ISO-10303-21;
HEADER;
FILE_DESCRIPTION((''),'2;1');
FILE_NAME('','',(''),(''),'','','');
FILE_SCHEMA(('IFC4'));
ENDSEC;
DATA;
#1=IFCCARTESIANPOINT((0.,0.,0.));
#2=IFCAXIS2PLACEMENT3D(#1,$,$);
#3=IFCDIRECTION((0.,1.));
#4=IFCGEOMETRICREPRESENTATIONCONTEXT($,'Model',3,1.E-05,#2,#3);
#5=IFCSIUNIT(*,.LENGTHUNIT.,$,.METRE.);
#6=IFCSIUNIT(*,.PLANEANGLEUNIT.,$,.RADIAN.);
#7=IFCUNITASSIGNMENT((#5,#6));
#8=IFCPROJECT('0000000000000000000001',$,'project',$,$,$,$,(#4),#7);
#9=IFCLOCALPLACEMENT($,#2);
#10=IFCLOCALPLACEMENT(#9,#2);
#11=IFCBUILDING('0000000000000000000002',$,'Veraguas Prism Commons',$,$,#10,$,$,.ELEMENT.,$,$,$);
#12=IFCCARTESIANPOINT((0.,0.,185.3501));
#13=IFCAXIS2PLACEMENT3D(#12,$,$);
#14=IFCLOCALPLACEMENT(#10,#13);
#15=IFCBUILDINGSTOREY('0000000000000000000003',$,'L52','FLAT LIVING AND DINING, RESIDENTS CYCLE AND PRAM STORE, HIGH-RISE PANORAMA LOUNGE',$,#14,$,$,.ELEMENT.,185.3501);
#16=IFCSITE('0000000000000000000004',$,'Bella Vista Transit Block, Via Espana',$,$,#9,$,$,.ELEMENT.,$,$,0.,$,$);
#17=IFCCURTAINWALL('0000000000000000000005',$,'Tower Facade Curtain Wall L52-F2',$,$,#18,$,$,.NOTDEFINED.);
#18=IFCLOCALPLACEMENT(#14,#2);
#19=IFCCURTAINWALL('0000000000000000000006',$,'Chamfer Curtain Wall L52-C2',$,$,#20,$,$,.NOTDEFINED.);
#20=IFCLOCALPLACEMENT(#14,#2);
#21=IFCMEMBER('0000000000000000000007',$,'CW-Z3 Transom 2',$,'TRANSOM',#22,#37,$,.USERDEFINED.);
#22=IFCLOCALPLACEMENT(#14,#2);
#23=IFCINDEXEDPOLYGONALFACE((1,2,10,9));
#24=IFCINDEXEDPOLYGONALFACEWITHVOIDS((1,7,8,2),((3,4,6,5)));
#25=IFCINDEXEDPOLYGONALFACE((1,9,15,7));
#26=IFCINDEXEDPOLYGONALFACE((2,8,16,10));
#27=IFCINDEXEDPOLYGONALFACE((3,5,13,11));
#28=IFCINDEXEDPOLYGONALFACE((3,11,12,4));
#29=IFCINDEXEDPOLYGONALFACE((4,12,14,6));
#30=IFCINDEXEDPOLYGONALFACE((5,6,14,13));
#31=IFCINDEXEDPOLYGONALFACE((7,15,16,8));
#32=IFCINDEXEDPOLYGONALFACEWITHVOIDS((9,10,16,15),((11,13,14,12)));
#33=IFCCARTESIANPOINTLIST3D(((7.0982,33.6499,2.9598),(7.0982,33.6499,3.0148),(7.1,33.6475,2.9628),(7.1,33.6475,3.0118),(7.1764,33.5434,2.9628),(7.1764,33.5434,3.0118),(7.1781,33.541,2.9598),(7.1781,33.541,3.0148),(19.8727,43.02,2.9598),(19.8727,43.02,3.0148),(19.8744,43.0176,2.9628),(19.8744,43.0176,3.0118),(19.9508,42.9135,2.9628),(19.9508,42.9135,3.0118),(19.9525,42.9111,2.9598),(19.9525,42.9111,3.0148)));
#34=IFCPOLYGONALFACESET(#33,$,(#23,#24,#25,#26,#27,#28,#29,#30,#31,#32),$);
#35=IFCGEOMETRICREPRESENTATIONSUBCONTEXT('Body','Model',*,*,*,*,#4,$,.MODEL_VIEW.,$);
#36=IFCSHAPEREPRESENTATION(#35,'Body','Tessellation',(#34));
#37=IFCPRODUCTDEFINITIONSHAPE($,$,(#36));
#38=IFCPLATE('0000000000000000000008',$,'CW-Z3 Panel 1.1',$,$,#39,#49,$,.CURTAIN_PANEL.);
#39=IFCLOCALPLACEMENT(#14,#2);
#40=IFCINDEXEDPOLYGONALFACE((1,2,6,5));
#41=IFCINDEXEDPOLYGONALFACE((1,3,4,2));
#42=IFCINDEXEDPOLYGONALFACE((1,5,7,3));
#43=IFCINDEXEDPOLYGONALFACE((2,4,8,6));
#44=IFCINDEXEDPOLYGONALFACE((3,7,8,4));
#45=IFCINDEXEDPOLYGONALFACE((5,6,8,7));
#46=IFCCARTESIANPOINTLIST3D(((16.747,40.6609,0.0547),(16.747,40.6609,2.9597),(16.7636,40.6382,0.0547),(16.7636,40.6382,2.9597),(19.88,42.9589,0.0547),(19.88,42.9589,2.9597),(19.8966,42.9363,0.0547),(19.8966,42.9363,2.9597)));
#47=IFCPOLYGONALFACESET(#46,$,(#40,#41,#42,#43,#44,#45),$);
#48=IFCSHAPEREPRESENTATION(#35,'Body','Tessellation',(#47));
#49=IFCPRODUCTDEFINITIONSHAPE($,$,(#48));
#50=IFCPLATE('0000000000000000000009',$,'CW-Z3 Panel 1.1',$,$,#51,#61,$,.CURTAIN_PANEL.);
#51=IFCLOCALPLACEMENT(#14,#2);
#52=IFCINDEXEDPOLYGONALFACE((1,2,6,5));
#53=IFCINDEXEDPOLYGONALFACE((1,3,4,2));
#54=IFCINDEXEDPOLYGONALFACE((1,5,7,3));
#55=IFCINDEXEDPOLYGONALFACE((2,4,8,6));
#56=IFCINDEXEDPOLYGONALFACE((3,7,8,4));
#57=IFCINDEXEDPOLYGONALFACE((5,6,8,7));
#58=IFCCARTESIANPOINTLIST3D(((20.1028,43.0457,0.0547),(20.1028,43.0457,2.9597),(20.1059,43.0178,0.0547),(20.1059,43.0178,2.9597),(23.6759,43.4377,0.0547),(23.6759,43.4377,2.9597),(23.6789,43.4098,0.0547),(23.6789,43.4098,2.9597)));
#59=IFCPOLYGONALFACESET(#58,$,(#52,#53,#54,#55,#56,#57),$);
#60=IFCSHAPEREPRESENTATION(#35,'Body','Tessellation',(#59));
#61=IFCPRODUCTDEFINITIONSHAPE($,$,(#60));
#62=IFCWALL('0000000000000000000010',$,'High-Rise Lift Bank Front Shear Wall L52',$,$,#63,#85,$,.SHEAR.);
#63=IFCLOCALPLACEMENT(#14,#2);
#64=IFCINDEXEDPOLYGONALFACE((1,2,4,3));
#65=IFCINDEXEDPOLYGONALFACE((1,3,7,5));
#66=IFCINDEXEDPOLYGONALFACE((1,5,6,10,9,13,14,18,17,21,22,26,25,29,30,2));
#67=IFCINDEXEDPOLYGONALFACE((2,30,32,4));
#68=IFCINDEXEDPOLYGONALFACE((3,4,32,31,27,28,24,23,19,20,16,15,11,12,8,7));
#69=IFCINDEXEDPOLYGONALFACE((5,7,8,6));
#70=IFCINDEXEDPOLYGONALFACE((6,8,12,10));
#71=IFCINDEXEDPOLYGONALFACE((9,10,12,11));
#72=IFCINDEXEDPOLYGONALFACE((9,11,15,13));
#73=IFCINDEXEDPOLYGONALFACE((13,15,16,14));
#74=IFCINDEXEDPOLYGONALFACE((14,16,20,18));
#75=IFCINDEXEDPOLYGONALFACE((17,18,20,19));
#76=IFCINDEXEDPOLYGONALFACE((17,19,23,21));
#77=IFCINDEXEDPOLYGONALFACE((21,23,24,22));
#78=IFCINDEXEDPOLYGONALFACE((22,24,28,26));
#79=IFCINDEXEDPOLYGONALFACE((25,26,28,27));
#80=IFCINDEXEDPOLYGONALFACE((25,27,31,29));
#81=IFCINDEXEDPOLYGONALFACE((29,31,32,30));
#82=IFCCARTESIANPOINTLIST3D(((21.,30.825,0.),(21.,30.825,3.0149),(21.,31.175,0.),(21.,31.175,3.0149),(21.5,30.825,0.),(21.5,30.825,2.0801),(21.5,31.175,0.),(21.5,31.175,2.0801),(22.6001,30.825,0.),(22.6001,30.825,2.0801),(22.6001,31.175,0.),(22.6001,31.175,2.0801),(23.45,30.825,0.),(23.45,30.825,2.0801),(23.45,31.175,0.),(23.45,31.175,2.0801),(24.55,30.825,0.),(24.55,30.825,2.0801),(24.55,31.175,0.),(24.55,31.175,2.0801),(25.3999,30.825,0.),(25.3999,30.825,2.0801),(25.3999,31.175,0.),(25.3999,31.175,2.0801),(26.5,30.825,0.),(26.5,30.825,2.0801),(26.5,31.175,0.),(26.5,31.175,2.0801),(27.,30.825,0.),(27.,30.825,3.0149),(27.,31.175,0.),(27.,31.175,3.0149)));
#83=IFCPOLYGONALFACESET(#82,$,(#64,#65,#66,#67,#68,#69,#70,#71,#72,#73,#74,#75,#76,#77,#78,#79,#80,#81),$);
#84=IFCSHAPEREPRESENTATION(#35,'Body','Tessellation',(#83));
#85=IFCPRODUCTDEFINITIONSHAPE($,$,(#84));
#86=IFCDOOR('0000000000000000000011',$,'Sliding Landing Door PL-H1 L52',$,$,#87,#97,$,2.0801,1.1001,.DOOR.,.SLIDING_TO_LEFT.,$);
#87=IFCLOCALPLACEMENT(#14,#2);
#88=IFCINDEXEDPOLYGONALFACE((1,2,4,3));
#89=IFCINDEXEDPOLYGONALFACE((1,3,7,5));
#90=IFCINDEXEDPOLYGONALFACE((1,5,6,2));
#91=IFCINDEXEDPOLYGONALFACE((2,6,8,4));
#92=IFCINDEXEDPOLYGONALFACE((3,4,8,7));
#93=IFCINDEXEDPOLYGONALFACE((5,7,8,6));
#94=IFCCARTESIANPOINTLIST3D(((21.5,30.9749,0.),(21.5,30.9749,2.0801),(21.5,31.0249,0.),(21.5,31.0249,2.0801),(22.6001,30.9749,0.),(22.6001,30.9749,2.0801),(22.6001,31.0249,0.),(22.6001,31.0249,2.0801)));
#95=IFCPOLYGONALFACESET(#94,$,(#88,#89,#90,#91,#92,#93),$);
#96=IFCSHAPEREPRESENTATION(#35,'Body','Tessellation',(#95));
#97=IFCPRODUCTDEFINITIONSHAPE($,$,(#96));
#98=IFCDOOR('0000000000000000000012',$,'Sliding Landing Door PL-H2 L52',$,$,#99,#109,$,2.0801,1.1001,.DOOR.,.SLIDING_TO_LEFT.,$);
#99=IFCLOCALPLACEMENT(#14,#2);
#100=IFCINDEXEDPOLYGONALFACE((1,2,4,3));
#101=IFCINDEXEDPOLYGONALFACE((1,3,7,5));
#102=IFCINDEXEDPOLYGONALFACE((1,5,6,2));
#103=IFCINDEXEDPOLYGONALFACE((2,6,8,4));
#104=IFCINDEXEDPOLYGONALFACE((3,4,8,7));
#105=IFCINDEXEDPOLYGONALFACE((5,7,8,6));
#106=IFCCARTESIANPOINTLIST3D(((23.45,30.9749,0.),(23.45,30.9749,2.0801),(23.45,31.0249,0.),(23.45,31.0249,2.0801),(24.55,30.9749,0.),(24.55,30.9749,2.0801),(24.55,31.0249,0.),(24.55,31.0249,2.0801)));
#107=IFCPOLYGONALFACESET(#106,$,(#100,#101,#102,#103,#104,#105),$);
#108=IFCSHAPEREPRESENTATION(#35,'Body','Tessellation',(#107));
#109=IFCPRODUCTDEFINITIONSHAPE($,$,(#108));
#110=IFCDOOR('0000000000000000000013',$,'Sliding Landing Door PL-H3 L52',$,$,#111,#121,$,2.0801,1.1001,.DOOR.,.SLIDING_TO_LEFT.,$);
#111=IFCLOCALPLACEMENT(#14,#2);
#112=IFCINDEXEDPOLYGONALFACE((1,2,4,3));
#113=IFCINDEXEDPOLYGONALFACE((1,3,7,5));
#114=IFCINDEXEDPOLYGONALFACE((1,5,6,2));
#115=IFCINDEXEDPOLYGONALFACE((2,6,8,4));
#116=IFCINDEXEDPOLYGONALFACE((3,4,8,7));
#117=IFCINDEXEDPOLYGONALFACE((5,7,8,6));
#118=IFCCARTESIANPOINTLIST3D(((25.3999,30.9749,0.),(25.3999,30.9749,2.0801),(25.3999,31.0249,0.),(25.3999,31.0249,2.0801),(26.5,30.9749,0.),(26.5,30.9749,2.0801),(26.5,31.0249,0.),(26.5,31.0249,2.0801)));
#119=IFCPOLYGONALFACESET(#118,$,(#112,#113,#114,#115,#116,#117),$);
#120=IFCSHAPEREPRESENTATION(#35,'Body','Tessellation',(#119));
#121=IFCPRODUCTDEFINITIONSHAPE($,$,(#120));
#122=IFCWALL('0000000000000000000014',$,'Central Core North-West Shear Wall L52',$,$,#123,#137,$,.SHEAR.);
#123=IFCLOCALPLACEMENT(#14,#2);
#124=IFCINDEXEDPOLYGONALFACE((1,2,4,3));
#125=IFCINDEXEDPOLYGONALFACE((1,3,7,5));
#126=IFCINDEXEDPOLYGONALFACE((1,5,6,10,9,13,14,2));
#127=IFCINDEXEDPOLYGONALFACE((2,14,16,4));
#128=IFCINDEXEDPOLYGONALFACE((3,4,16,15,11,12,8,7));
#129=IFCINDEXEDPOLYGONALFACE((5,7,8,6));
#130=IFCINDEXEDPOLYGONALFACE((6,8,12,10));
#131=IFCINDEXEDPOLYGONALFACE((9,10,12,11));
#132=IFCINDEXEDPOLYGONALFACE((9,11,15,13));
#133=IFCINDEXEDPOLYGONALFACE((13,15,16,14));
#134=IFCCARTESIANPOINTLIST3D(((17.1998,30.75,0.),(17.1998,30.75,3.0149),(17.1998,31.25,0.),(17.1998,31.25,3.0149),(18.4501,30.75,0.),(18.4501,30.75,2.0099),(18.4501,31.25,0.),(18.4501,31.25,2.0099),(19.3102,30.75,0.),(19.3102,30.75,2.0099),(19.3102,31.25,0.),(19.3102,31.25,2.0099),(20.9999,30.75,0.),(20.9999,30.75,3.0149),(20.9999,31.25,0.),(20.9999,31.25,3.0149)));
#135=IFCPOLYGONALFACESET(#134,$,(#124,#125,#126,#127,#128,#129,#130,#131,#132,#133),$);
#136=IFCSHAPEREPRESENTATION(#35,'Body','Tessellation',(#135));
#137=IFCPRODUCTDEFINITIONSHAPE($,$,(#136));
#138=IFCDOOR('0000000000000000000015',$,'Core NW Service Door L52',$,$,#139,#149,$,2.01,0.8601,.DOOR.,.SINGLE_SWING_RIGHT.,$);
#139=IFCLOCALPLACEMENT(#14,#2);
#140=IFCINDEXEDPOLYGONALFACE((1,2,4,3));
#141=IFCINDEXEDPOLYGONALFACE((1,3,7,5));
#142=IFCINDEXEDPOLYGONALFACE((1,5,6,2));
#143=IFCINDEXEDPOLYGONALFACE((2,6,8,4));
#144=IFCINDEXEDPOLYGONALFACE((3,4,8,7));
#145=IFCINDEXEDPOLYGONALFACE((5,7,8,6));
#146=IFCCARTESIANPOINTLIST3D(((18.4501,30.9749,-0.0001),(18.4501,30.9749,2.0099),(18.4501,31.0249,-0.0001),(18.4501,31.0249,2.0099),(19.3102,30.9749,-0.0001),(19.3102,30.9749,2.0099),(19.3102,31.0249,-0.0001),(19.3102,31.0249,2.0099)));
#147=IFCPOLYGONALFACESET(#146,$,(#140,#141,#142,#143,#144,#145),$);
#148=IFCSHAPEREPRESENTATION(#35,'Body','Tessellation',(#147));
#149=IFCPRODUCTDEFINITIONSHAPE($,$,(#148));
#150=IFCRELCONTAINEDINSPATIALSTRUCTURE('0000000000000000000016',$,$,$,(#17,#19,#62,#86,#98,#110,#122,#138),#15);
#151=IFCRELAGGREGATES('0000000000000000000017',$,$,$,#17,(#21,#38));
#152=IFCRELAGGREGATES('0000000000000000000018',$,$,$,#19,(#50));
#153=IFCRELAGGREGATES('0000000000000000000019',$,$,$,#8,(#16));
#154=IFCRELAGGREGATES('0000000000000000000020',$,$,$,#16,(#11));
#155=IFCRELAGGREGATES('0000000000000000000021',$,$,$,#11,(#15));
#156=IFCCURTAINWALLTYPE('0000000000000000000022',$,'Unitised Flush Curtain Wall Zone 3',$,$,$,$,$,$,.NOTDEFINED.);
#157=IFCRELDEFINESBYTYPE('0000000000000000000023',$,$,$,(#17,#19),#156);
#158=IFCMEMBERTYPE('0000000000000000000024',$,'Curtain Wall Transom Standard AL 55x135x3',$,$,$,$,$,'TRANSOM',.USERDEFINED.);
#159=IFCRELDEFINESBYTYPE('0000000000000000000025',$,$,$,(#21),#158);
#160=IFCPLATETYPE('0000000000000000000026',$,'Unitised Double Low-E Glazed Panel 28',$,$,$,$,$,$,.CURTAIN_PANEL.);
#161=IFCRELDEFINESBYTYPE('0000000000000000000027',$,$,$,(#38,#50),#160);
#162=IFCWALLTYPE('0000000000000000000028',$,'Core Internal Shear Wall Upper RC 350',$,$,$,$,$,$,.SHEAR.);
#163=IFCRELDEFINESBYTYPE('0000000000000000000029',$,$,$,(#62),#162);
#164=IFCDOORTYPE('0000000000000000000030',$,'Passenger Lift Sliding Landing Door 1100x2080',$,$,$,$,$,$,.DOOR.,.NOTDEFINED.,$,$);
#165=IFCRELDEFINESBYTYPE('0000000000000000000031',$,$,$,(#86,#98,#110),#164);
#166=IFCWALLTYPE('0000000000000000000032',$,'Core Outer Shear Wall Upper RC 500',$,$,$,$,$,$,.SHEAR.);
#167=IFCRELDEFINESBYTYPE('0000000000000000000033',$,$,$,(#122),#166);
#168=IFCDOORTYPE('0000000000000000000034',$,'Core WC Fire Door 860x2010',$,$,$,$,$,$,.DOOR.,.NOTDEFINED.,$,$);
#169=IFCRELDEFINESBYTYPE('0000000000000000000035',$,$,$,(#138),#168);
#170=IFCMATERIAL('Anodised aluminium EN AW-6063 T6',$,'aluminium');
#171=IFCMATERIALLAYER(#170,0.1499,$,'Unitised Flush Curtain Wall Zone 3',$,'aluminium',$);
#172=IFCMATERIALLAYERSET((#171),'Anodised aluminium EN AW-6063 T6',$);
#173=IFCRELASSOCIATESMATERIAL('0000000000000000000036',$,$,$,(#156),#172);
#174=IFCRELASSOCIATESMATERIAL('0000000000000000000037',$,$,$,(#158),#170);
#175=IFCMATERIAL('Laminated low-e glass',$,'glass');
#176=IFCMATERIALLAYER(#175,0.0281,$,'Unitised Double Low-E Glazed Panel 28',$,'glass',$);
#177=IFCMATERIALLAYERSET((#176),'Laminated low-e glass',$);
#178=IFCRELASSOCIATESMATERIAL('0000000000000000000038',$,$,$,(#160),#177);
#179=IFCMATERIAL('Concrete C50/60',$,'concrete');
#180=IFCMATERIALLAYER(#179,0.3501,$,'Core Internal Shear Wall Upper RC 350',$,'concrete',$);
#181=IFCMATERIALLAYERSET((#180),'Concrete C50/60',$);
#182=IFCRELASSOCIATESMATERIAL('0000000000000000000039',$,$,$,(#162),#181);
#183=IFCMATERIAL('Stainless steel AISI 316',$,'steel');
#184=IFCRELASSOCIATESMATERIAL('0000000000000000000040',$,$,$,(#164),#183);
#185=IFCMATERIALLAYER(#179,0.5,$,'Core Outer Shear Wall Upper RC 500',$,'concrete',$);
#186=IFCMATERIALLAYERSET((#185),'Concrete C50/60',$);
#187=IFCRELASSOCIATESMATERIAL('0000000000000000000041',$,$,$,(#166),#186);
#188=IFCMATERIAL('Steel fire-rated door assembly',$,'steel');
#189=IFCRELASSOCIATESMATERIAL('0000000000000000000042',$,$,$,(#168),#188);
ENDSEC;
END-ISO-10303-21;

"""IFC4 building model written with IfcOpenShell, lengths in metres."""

from ifc_helpers import new_model, si_unit, direction, frame, frame_2d, origin, origin_2d, place, context, subcontext, project, spatial, rectangle, hollow_rectangle, extrude, source, transform, mapped, material, layer, layer_set, material_profile, profile_set, type_object, element, fill, aggregate, save


model = new_model("IFC4")

# Units and contexts
model_context = context("Model", 3, precision=1e-05, world=origin(), true_north=direction((0.0, 1.0)))
body_context = subcontext(model_context, "Body", "Model", "MODEL_VIEW")
ifc_project = project(units=[si_unit("LENGTHUNIT", "METRE"), si_unit("PLANEANGLEUNIT", "RADIAN")], contexts=[model_context])

# Site, building, storey
site_placement = place(None, origin())
site = spatial("IfcSite", under=ifc_project, at=site_placement, Name="Bella Vista Transit Block, Via Espana", CompositionType="ELEMENT", RefElevation=0.0)
building_placement = place(site_placement, origin())
building = spatial("IfcBuilding", under=site, at=building_placement, Name="Veraguas Prism Commons", CompositionType="ELEMENT")
storey_placement = place(building_placement, frame((0.0, 0.0, 185.3501)))
storey = spatial("IfcBuildingStorey", under=building, at=storey_placement, Name="L52", Description="FLAT LIVING AND DINING, RESIDENTS CYCLE AND PRAM STORE, HIGH-RISE PANORAMA LOUNGE", CompositionType="ELEMENT", Elevation=185.3501)

# Shared definitions
ifc_material_1 = material(Name="Concrete C50/60", Category="concrete")

# Curtain walls
ifc_material_2 = material(Name="Anodised aluminium EN AW-6063 T6", Category="aluminium")
ifc_layer_1 = layer(ifc_material_2, 0.1499, Name="Unitised Flush Curtain Wall Zone 3", Category="aluminium")
ifc_layer_set_1 = layer_set([ifc_layer_1], Name="Anodised aluminium EN AW-6063 T6")
curtain_wall_type = type_object("IfcCurtainWallType", Name="Unitised Flush Curtain Wall Zone 3", PredefinedType="NOTDEFINED", material=ifc_layer_set_1)
curtain_wall_1_placement = place(storey_placement, origin())
curtain_wall_1 = element("IfcCurtainWall", 1, at=curtain_wall_1_placement, inside=storey, type_object=curtain_wall_type, Name="Tower Facade Curtain Wall L52-F2", PredefinedType="NOTDEFINED")
curtain_wall_2_placement = place(storey_placement, origin())
curtain_wall_2 = element("IfcCurtainWall", 2, at=curtain_wall_2_placement, inside=storey, type_object=curtain_wall_type, Name="Chamfer Curtain Wall L52-C2", PredefinedType="NOTDEFINED")

# Member
ifc_material_profile_1 = material_profile(ifc_material_2, hollow_rectangle(XDim=0.0549, YDim=0.135, WallThickness=0.0029, at=origin_2d()), Name="AL55X135X3")
ifc_profile_set_1 = profile_set([ifc_material_profile_1], Name="Anodised aluminium EN AW-6063 T6")
member_type_1 = type_object("IfcMemberType", Name="Curtain Wall Transom Standard AL 55x135x3", ElementType="TRANSOM", PredefinedType="USERDEFINED", material=ifc_profile_set_1)
shared_shape_1 = source(origin(), body_context, "Body", "SweptSolid", [
    extrude(hollow_rectangle(XDim=0.0549, YDim=0.135, WallThickness=0.0029, at=origin_2d()), origin(), (0.0, 0.0, 1.0), 15.8425),
])
member_1_placement = place(storey_placement, frame((19.9126, 42.9656, 2.9873), z_axis=(-0.806338, -0.591455, 0.0), x_axis=(0.0, 0.0, 1.0)))
member_1 = element("IfcMember", 3, at=member_1_placement, type_object=member_type_1, Name="CW-Z3 Transom 2", ObjectType="TRANSOM", PredefinedType="USERDEFINED", context=body_context, shape_type="MappedRepresentation", body=[
    mapped(shared_shape_1, transform((0.0, 0.0, 0.0), scale=1.0)),
])

# Plates
ifc_material_3 = material(Name="Laminated low-e glass", Category="glass")
ifc_layer_2 = layer(ifc_material_3, 0.0281, Name="Unitised Double Low-E Glazed Panel 28", Category="glass")
ifc_layer_set_2 = layer_set([ifc_layer_2], Name="Laminated low-e glass")
plate_type = type_object("IfcPlateType", Name="Unitised Double Low-E Glazed Panel 28", PredefinedType="CURTAIN_PANEL", material=ifc_layer_set_2)
shared_shape_2 = source(origin(), body_context, "Body", "SweptSolid", [
    extrude(rectangle(XDim=3.8855, YDim=0.0281, at=origin_2d()), origin(), (0.0, 0.0, 1.0), 2.905),
])
plate_1_placement = place(storey_placement, frame((18.3218, 41.7986, 0.0547), z_axis=(0.0, 0.0, 1.0), x_axis=(-0.806341, -0.59145, 0.0)))
plate_1 = element("IfcPlate", 4, at=plate_1_placement, type_object=plate_type, Name="CW-Z3 Panel 1.1", PredefinedType="CURTAIN_PANEL", context=body_context, shape_type="MappedRepresentation", body=[
    mapped(shared_shape_2, transform((0.0, 0.0, 0.0), scale=1.0)),
])
aggregate(curtain_wall_1, [member_1, plate_1])
shared_shape_3 = source(origin(), body_context, "Body", "SweptSolid", [
    extrude(rectangle(XDim=3.5945, YDim=0.0281, at=origin_2d()), origin(), (0.0, 0.0, 1.0), 2.905),
])
plate_2_placement = place(storey_placement, frame((21.8909, 43.2278, 0.0547), z_axis=(0.0, 0.0, 1.0), x_axis=(-0.994035, -0.109061, 0.0)))
plate_2 = element("IfcPlate", 5, at=plate_2_placement, type_object=plate_type, Name="CW-Z3 Panel 1.1", PredefinedType="CURTAIN_PANEL", context=body_context, shape_type="MappedRepresentation", body=[
    mapped(shared_shape_3, transform((0.0, 0.0, 0.0), scale=1.0)),
])
aggregate(curtain_wall_2, [plate_2])

# Wall, openings, doors
ifc_layer_3 = layer(ifc_material_1, 0.3501, Name="Core Internal Shear Wall Upper RC 350", Category="concrete")
ifc_layer_set_3 = layer_set([ifc_layer_3], Name="Concrete C50/60")
wall_type_1 = type_object("IfcWallType", Name="Core Internal Shear Wall Upper RC 350", PredefinedType="SHEAR", material=ifc_layer_set_3)
wall_1_placement = place(storey_placement, frame((21.0, 31.0, 0.0), z_axis=(0.0, 0.0, 1.0), x_axis=(1.0, 0.0, 0.0)))
wall_1 = element("IfcWall", 6, at=wall_1_placement, inside=storey, type_object=wall_type_1, Name="High-Rise Lift Bank Front Shear Wall L52", PredefinedType="SHEAR", context=body_context, shape_type="SweptSolid", body=[
    extrude(rectangle(XDim=6.0, YDim=0.3501, at=frame_2d((3.0, 0.0))), origin(), (0.0, 0.0, 1.0), 3.0149),
])
opening_1_placement = place(wall_1_placement, frame((0.5, 0.0, 0.0)))
opening_1 = element("IfcOpeningElement", 7, at=opening_1_placement, cuts=wall_1, PredefinedType="OPENING", context=body_context, shape_type="SweptSolid", body=[
    extrude(rectangle(XDim=1.1001, YDim=2.0801, at=frame_2d((0.55, 1.04))), frame((0.0, 0.1851, 0.0), z_axis=(0.0, -1.0, 0.0), x_axis=(1.0, 0.0, 0.0)), (0.0, 0.0, 1.0), 0.3701),
])
opening_2_placement = place(wall_1_placement, frame((2.45, 0.0, 0.0)))
opening_2 = element("IfcOpeningElement", 8, at=opening_2_placement, cuts=wall_1, PredefinedType="OPENING", context=body_context, shape_type="SweptSolid", body=[
    extrude(rectangle(XDim=1.1001, YDim=2.0801, at=frame_2d((0.55, 1.04))), frame((0.0, 0.1851, 0.0), z_axis=(0.0, -1.0, 0.0), x_axis=(1.0, 0.0, 0.0)), (0.0, 0.0, 1.0), 0.3701),
])
opening_3_placement = place(wall_1_placement, frame((4.3999, 0.0, 0.0)))
opening_3 = element("IfcOpeningElement", 9, at=opening_3_placement, cuts=wall_1, PredefinedType="OPENING", context=body_context, shape_type="SweptSolid", body=[
    extrude(rectangle(XDim=1.1001, YDim=2.0801, at=frame_2d((0.55, 1.04))), frame((0.0, 0.1851, 0.0), z_axis=(0.0, -1.0, 0.0), x_axis=(1.0, 0.0, 0.0)), (0.0, 0.0, 1.0), 0.3701),
])
ifc_material_4 = material(Name="Stainless steel AISI 316", Category="steel")
door_type_1 = type_object("IfcDoorType", Name="Passenger Lift Sliding Landing Door 1100x2080", OperationType="NOTDEFINED", PredefinedType="DOOR", material=ifc_material_4)
shared_shape_4 = source(origin(), body_context, "Body", "SweptSolid", [
    extrude(rectangle(XDim=1.1001, YDim=2.0801, at=frame_2d((0.55, 1.04))), frame((0.0, 0.0249, 0.0), z_axis=(0.0, -1.0, 0.0), x_axis=(1.0, 0.0, 0.0)), (0.0, 0.0, 1.0), 0.05),
])
door_1_placement = place(opening_1_placement, origin())
door_1 = element("IfcDoor", 10, at=door_1_placement, inside=storey, type_object=door_type_1, Name="Sliding Landing Door PL-H1 L52", OperationType="SLIDING_TO_LEFT", OverallHeight=2.0801, OverallWidth=1.1001, PredefinedType="DOOR", context=body_context, shape_type="MappedRepresentation", body=[
    mapped(shared_shape_4, transform((0.0, 0.0, 0.0), scale=1.0)),
])
fill(opening_1, door_1)
door_2_placement = place(opening_2_placement, origin())
door_2 = element("IfcDoor", 11, at=door_2_placement, inside=storey, type_object=door_type_1, Name="Sliding Landing Door PL-H2 L52", OperationType="SLIDING_TO_LEFT", OverallHeight=2.0801, OverallWidth=1.1001, PredefinedType="DOOR", context=body_context, shape_type="MappedRepresentation", body=[
    mapped(shared_shape_4, transform((0.0, 0.0, 0.0), scale=1.0)),
])
fill(opening_2, door_2)
door_3_placement = place(opening_3_placement, origin())
door_3 = element("IfcDoor", 12, at=door_3_placement, inside=storey, type_object=door_type_1, Name="Sliding Landing Door PL-H3 L52", OperationType="SLIDING_TO_LEFT", OverallHeight=2.0801, OverallWidth=1.1001, PredefinedType="DOOR", context=body_context, shape_type="MappedRepresentation", body=[
    mapped(shared_shape_4, transform((0.0, 0.0, 0.0), scale=1.0)),
])
fill(opening_3, door_3)

# Wall, opening, door
ifc_layer_4 = layer(ifc_material_1, 0.5, Name="Core Outer Shear Wall Upper RC 500", Category="concrete")
ifc_layer_set_4 = layer_set([ifc_layer_4], Name="Concrete C50/60")
wall_type_2 = type_object("IfcWallType", Name="Core Outer Shear Wall Upper RC 500", PredefinedType="SHEAR", material=ifc_layer_set_4)
wall_2_placement = place(storey_placement, frame((17.2, 31.0, 0.0), z_axis=(0.0, 0.0, 1.0), x_axis=(1.0, 0.0, 0.0)))
wall_2 = element("IfcWall", 13, at=wall_2_placement, inside=storey, type_object=wall_type_2, Name="Central Core North-West Shear Wall L52", PredefinedType="SHEAR", context=body_context, shape_type="SweptSolid", body=[
    extrude(rectangle(XDim=3.8, YDim=0.5, at=frame_2d((1.8999, 0.0))), origin(), (0.0, 0.0, 1.0), 3.0149),
])
opening_4_placement = place(wall_2_placement, frame((1.25, 0.0, 0.0)))
opening_4 = element("IfcOpeningElement", 14, at=opening_4_placement, cuts=wall_2, PredefinedType="OPENING", context=body_context, shape_type="SweptSolid", body=[
    extrude(rectangle(XDim=0.8601, YDim=2.01, at=frame_2d((0.4302, 1.0049))), frame((0.0, 0.26, 0.0), z_axis=(0.0, -1.0, 0.0), x_axis=(1.0, 0.0, 0.0)), (0.0, 0.0, 1.0), 0.52),
])
ifc_material_5 = material(Name="Steel fire-rated door assembly", Category="steel")
door_type_2 = type_object("IfcDoorType", Name="Core WC Fire Door 860x2010", OperationType="NOTDEFINED", PredefinedType="DOOR", material=ifc_material_5)
shared_shape_5 = source(origin(), body_context, "Body", "SweptSolid", [
    extrude(rectangle(XDim=0.8601, YDim=2.01, at=frame_2d((0.4302, 1.0049))), frame((0.0, 0.0249, 0.0), z_axis=(0.0, -1.0, 0.0), x_axis=(1.0, 0.0, 0.0)), (0.0, 0.0, 1.0), 0.05),
])
door_4_placement = place(opening_4_placement, origin())
door_4 = element("IfcDoor", 15, at=door_4_placement, inside=storey, type_object=door_type_2, Name="Core NW Service Door L52", OperationType="SINGLE_SWING_RIGHT", OverallHeight=2.01, OverallWidth=0.8601, PredefinedType="DOOR", context=body_context, shape_type="MappedRepresentation", body=[
    mapped(shared_shape_5, transform((0.0, 0.0, 0.0), scale=1.0)),
])
fill(opening_4, door_4)

save(model, "model.ifc")
